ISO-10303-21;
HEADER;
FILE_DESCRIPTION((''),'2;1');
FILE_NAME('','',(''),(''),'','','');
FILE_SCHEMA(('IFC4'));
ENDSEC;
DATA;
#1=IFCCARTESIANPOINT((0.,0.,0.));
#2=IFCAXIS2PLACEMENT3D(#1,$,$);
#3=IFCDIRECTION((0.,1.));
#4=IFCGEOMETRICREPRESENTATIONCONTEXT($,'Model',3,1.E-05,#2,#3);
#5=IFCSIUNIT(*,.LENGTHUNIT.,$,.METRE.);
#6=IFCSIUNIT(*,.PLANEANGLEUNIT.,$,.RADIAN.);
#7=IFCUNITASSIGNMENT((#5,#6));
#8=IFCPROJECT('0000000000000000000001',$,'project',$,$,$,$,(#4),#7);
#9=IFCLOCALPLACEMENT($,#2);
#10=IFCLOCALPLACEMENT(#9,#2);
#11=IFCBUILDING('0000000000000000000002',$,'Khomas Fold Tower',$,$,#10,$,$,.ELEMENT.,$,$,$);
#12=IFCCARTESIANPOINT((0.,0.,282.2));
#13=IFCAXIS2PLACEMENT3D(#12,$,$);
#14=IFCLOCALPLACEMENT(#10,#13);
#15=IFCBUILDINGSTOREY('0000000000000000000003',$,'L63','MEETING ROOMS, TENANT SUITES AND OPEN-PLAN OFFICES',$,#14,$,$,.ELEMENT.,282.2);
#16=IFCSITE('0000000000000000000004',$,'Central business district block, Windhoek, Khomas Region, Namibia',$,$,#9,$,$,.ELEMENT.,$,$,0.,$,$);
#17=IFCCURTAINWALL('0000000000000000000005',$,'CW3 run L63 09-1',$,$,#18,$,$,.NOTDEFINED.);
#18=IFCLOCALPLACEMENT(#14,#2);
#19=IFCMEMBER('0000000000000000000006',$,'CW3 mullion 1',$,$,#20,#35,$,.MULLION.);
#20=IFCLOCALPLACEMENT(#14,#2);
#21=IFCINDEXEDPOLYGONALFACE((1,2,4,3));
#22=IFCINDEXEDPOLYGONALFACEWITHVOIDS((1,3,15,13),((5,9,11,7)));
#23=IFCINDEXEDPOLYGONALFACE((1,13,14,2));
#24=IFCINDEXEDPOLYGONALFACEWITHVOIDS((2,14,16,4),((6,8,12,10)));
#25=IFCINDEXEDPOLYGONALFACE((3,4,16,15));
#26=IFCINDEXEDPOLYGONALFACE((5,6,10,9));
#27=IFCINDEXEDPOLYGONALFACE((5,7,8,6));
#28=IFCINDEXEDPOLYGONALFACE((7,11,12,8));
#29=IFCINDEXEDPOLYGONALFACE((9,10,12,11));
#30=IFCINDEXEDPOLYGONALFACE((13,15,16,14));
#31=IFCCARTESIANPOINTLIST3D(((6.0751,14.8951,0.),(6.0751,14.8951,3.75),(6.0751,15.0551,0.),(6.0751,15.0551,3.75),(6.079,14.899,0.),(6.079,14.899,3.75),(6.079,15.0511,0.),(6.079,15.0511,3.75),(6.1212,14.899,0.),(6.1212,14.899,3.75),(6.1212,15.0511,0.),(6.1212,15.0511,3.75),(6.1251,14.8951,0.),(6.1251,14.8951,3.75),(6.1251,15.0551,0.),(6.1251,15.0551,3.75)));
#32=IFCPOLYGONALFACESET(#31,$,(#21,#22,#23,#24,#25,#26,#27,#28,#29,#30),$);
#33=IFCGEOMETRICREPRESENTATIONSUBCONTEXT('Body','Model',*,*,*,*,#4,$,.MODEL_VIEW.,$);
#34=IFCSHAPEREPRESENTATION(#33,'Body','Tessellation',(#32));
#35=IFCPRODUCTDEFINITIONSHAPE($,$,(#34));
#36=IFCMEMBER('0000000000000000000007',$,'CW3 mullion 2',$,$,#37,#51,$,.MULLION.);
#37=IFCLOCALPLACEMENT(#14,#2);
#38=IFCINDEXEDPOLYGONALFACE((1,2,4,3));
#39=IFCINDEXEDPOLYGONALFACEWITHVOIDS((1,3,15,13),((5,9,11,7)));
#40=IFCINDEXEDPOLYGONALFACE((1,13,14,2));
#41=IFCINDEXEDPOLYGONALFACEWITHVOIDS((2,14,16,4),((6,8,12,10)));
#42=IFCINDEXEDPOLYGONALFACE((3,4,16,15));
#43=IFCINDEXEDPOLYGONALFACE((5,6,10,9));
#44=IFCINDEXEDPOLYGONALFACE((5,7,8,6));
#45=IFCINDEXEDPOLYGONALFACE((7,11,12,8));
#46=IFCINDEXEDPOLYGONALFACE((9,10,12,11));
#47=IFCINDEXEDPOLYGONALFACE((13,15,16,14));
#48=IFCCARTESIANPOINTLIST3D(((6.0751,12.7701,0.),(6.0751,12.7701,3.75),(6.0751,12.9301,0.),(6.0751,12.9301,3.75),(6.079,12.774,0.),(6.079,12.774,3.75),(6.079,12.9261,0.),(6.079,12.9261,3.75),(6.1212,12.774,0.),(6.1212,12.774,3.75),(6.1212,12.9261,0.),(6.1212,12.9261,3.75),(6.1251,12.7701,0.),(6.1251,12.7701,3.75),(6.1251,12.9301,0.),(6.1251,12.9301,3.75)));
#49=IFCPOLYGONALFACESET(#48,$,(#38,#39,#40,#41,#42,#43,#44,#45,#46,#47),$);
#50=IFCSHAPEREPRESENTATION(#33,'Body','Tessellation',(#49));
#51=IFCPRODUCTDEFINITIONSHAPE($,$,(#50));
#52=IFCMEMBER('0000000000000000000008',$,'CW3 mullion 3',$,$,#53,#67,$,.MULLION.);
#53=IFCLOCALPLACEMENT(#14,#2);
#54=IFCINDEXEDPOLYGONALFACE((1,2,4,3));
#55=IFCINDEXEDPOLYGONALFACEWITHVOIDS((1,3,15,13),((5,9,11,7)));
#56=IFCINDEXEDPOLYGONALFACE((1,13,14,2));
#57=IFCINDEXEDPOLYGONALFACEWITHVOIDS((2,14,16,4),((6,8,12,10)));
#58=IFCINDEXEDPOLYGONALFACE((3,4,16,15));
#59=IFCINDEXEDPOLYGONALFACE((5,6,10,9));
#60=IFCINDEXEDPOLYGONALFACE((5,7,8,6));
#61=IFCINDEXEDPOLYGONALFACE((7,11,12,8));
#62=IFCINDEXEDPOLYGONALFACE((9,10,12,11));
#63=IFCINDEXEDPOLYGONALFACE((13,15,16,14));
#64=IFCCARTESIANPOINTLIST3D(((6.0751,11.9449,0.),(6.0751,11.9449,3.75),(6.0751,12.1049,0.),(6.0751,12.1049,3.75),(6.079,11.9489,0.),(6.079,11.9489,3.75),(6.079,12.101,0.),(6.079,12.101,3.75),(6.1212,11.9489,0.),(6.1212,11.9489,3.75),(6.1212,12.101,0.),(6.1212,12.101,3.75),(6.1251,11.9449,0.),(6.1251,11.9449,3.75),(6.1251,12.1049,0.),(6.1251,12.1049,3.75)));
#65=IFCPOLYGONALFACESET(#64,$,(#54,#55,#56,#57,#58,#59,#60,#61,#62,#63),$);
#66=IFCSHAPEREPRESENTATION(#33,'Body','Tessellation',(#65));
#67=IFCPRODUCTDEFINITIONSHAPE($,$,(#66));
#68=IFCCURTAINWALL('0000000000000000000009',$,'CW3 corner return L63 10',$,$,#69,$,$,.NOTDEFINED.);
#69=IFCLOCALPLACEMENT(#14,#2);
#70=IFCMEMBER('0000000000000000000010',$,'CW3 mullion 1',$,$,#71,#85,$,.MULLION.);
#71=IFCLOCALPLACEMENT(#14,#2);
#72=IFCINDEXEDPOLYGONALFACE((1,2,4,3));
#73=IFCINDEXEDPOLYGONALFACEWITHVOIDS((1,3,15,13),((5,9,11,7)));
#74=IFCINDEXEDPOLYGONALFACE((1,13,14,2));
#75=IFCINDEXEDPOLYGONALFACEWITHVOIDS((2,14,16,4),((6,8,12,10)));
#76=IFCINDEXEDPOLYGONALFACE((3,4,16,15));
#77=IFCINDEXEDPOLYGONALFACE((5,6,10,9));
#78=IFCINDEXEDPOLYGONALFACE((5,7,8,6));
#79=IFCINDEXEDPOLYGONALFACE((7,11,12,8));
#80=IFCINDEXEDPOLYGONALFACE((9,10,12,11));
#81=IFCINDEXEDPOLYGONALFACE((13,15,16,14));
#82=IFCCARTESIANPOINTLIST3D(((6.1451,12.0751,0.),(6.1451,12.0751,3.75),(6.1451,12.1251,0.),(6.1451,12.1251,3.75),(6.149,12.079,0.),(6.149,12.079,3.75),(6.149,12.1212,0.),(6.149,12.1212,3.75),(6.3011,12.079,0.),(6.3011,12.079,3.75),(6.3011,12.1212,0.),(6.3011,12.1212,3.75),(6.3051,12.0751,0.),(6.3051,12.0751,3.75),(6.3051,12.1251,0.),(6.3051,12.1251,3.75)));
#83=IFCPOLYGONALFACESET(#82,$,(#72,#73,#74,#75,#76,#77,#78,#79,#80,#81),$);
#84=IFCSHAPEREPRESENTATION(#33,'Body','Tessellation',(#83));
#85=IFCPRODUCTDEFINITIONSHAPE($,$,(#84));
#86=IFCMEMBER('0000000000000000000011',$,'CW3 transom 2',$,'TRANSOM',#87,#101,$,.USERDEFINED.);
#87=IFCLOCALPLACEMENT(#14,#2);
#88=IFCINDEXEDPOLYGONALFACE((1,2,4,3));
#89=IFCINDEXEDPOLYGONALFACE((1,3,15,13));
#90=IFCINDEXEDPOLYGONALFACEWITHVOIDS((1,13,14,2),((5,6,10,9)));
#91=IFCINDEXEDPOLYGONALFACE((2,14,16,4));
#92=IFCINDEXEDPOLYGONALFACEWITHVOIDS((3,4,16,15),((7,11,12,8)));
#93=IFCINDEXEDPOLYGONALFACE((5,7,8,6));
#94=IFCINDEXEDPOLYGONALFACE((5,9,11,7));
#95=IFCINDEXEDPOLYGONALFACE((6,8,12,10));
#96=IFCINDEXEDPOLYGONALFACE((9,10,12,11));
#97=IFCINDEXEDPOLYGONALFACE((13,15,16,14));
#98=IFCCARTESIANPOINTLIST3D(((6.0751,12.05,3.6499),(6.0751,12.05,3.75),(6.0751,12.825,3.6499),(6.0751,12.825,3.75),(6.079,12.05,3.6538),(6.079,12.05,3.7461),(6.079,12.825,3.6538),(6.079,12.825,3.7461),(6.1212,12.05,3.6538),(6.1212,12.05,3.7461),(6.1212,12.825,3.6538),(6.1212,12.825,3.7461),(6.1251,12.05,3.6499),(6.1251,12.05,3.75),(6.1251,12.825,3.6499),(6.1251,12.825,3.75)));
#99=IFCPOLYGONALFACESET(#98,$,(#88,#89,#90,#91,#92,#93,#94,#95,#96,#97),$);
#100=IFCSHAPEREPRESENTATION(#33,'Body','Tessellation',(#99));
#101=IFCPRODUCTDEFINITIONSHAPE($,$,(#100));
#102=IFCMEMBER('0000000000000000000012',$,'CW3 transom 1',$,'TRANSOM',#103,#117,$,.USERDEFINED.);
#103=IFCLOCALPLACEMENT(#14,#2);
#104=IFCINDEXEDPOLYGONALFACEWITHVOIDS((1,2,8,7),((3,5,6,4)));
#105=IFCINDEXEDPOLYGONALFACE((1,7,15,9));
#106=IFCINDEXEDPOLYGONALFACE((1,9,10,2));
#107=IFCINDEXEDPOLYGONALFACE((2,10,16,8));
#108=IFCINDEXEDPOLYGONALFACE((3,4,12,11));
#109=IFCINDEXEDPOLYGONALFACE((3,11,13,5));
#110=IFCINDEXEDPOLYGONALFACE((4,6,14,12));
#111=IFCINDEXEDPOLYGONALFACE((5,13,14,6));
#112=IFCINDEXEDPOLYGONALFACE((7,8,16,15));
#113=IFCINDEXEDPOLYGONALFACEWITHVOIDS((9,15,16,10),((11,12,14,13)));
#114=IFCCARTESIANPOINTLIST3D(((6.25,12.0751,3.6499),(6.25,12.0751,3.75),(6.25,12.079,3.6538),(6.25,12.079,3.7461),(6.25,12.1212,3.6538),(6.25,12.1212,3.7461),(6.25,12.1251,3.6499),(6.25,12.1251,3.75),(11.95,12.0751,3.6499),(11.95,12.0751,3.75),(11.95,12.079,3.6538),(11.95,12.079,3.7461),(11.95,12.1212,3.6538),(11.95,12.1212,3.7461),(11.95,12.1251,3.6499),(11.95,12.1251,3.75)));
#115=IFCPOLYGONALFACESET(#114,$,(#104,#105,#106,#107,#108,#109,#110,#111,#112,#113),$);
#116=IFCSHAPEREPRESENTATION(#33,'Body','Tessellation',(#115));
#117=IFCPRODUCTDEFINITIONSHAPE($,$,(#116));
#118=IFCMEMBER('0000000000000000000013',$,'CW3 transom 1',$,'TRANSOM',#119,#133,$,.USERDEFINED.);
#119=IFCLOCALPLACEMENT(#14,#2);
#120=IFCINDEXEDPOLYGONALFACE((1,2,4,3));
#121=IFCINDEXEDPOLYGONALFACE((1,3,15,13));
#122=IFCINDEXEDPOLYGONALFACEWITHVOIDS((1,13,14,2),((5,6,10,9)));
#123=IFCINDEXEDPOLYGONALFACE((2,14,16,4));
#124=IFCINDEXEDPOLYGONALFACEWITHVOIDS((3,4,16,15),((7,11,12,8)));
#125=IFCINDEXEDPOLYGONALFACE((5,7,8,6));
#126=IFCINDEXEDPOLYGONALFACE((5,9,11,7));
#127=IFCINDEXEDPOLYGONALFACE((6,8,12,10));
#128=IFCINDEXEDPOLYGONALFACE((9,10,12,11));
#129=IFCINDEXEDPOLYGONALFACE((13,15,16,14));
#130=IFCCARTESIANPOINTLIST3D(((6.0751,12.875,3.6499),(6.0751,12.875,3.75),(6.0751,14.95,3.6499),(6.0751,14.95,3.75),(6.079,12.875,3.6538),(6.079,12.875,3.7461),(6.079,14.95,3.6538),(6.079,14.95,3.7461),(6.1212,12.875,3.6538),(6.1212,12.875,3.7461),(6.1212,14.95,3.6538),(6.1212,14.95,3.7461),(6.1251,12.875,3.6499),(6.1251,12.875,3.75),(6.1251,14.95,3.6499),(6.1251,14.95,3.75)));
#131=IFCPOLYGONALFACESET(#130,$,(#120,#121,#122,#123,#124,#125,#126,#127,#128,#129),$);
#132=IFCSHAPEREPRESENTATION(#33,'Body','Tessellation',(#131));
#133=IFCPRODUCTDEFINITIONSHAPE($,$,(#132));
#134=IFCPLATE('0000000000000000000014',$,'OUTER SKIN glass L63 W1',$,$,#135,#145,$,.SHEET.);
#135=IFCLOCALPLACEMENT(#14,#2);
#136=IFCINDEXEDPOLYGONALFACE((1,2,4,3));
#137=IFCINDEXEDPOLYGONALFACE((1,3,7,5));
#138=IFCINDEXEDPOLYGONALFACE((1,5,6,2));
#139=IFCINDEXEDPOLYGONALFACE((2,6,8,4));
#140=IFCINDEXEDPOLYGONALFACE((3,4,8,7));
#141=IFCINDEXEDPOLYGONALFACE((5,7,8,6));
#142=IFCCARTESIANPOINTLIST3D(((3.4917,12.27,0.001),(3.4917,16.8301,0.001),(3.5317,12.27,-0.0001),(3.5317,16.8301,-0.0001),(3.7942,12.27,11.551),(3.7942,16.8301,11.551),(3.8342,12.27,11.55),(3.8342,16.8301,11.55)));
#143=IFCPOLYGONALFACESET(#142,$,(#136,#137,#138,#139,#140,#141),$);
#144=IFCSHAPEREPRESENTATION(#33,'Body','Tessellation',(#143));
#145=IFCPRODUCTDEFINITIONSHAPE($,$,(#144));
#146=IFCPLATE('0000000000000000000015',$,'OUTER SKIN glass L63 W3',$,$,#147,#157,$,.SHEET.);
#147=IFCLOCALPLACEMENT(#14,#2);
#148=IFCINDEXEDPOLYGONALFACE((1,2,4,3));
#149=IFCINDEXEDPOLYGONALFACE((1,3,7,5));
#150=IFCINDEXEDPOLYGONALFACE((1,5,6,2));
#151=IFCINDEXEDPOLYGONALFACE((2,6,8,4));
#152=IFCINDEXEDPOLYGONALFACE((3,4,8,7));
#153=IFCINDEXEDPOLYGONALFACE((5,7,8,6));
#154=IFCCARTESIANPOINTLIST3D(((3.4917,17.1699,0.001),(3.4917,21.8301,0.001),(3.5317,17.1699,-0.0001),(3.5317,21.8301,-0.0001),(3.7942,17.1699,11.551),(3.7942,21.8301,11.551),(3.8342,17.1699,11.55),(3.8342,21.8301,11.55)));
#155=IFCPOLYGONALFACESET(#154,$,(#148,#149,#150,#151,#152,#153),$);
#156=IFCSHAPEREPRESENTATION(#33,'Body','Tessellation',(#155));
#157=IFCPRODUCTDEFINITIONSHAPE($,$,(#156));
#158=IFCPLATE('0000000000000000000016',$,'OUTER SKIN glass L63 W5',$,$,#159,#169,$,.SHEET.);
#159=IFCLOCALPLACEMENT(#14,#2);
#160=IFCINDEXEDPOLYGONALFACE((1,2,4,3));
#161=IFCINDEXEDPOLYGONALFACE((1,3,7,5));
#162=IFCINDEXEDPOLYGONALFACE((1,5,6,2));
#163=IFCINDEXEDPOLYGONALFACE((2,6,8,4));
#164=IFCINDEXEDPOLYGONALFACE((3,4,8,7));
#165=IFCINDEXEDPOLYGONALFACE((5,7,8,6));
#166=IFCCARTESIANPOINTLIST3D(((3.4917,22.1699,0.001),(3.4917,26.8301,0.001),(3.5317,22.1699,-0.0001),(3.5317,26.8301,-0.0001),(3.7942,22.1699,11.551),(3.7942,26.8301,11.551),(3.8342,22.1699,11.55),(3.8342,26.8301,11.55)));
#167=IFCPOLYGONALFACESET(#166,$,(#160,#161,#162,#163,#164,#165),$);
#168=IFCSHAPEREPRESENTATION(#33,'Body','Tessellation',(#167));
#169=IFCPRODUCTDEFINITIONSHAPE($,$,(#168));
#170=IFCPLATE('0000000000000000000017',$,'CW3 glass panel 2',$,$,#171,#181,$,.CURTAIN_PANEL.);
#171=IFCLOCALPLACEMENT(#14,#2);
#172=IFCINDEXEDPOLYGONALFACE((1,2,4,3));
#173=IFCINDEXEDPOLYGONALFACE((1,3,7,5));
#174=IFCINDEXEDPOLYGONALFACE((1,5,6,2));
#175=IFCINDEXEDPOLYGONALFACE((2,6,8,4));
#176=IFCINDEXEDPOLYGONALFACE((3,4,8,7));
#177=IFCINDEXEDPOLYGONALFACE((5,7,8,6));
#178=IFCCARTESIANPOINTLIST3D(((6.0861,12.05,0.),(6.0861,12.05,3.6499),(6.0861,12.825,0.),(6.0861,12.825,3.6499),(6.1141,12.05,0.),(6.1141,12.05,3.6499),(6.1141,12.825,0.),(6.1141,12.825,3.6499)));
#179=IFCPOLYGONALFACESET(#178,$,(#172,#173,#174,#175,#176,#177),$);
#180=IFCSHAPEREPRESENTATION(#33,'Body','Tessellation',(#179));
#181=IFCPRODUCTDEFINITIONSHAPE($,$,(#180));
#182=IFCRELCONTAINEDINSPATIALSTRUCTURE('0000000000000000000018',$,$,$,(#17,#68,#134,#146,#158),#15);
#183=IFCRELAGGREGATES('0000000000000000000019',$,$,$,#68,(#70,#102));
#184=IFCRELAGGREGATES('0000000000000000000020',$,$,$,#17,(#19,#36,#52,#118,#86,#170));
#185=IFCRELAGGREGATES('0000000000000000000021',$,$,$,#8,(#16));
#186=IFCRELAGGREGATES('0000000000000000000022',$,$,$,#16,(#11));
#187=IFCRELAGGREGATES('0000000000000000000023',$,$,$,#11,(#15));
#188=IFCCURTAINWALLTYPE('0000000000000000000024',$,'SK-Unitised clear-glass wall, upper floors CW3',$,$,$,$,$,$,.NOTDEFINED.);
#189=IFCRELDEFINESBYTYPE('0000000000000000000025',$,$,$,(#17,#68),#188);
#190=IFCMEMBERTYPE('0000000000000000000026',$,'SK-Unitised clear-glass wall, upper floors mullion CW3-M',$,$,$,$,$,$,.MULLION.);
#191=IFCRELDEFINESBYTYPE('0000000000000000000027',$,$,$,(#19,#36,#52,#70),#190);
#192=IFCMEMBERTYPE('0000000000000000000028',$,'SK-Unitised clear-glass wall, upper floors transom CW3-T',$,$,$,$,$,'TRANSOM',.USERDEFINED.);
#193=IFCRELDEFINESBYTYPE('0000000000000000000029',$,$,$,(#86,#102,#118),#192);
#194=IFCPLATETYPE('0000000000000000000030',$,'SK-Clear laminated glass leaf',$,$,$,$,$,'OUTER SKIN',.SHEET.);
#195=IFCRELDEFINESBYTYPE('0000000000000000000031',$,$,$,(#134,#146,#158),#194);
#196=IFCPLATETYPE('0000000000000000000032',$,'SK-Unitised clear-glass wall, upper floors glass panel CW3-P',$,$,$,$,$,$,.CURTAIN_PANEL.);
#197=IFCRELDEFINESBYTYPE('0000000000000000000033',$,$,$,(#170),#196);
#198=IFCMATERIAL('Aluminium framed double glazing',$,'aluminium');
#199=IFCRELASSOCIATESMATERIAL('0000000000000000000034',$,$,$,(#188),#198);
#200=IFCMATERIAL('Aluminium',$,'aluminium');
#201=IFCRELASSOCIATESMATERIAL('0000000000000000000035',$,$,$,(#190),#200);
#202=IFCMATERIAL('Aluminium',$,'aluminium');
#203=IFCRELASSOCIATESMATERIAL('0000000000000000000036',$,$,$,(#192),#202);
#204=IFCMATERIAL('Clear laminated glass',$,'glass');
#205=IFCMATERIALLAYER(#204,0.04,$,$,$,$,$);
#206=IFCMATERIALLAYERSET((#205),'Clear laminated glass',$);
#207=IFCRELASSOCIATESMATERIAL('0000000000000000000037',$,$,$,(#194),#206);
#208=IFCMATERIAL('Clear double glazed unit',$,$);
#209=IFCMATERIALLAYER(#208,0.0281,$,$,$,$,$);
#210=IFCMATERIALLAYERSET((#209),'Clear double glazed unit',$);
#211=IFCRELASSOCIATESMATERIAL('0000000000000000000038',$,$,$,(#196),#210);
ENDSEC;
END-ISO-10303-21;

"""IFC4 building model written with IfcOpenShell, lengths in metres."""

from ifc_helpers import new_model, si_unit, direction, frame, origin, origin_2d, place, context, subcontext, project, spatial, polyline, rectangle, hollow_rectangle, outline, extrude, source, transform, mapped, material, layer, layer_set, material_profile, profile_set, type_object, element, aggregate, save


model = new_model("IFC4")

# Units and contexts
model_context = context("Model", 3, precision=1e-05, world=origin(), true_north=direction((0.0, 1.0)))
body_context = subcontext(model_context, "Body", "Model", "MODEL_VIEW")
ifc_project = project(units=[si_unit("LENGTHUNIT", "METRE"), si_unit("PLANEANGLEUNIT", "RADIAN")], contexts=[model_context])

# Site, building, storey
site_placement = place(None, origin())
site = spatial("IfcSite", under=ifc_project, at=site_placement, Name="Central business district block, Windhoek, Khomas Region, Namibia", CompositionType="ELEMENT", RefElevation=0.0)
building_placement = place(site_placement, origin())
building = spatial("IfcBuilding", under=site, at=building_placement, Name="Khomas Fold Tower", CompositionType="ELEMENT")
storey_placement = place(building_placement, frame((0.0, 0.0, 282.2)))
storey = spatial("IfcBuildingStorey", under=building, at=storey_placement, Name="L63", Description="MEETING ROOMS, TENANT SUITES AND OPEN-PLAN OFFICES", CompositionType="ELEMENT", Elevation=282.2)

# Curtain wall, members
ifc_material_1 = material(Name="Aluminium framed double glazing", Category="aluminium")
curtain_wall_type = type_object("IfcCurtainWallType", Name="SK-Unitised clear-glass wall, upper floors CW3", PredefinedType="NOTDEFINED", material=ifc_material_1)
curtain_wall_1_placement = place(storey_placement, origin())
curtain_wall_1 = element("IfcCurtainWall", 1, at=curtain_wall_1_placement, inside=storey, type_object=curtain_wall_type, Name="CW3 run L63 09-1", PredefinedType="NOTDEFINED")
ifc_material_2 = material(Name="Aluminium", Category="aluminium")
ifc_material_profile_1 = material_profile(ifc_material_2, hollow_rectangle(XDim=0.05, YDim=0.1599, WallThickness=0.0039, at=origin_2d()), Name="SK-Unitised clear-glass wall, upper floors mullion CW3-M")
ifc_profile_set_1 = profile_set([ifc_material_profile_1], Name="Aluminium")
member_type_1 = type_object("IfcMemberType", Name="SK-Unitised clear-glass wall, upper floors mullion CW3-M", PredefinedType="MULLION", material=ifc_profile_set_1)
shared_shape_1 = source(origin(), body_context, "Body", "SweptSolid", [
    extrude(hollow_rectangle(XDim=0.05, YDim=0.1599, WallThickness=0.0039, at=origin_2d()), origin(), (0.0, 0.0, 1.0), 3.75),
])
member_1_placement = place(storey_placement, frame((6.1001, 14.9751, 0.0), z_axis=(0.0, 0.0, 1.0), x_axis=(1.0, 0.0, 0.0)))
member_1 = element("IfcMember", 2, at=member_1_placement, type_object=member_type_1, Name="CW3 mullion 1", PredefinedType="MULLION", context=body_context, shape_type="MappedRepresentation", body=[
    mapped(shared_shape_1, transform((0.0, 0.0, 0.0))),
])
member_2_placement = place(storey_placement, frame((6.1001, 12.8501, 0.0), z_axis=(0.0, 0.0, 1.0), x_axis=(1.0, 0.0, 0.0)))
member_2 = element("IfcMember", 3, at=member_2_placement, type_object=member_type_1, Name="CW3 mullion 2", PredefinedType="MULLION", context=body_context, shape_type="MappedRepresentation", body=[
    mapped(shared_shape_1, transform((0.0, 0.0, 0.0))),
])
member_3_placement = place(storey_placement, frame((6.1001, 12.0249, 0.0), z_axis=(0.0, 0.0, 1.0), x_axis=(1.0, 0.0, 0.0)))
member_3 = element("IfcMember", 4, at=member_3_placement, type_object=member_type_1, Name="CW3 mullion 3", PredefinedType="MULLION", context=body_context, shape_type="MappedRepresentation", body=[
    mapped(shared_shape_1, transform((0.0, 0.0, 0.0))),
])

# Curtain wall, member
curtain_wall_2_placement = place(storey_placement, origin())
curtain_wall_2 = element("IfcCurtainWall", 5, at=curtain_wall_2_placement, inside=storey, type_object=curtain_wall_type, Name="CW3 corner return L63 10", PredefinedType="NOTDEFINED")
member_4_placement = place(storey_placement, frame((6.2251, 12.1001, 0.0), z_axis=(0.0, 0.0, 1.0), x_axis=(0.0, 1.0, 0.0)))
member_4 = element("IfcMember", 6, at=member_4_placement, type_object=member_type_1, Name="CW3 mullion 1", PredefinedType="MULLION", context=body_context, shape_type="MappedRepresentation", body=[
    mapped(shared_shape_1, transform((0.0, 0.0, 0.0))),
])

# Members
ifc_material_3 = material(Name="Aluminium", Category="aluminium")
ifc_material_profile_2 = material_profile(ifc_material_3, hollow_rectangle(XDim=0.05, YDim=0.1001, WallThickness=0.0039, at=origin_2d()), Name="SK-Unitised clear-glass wall, upper floors transom CW3-T")
ifc_profile_set_2 = profile_set([ifc_material_profile_2], Name="Aluminium")
member_type_2 = type_object("IfcMemberType", Name="SK-Unitised clear-glass wall, upper floors transom CW3-T", ElementType="TRANSOM", PredefinedType="USERDEFINED", material=ifc_profile_set_2)
shared_shape_2 = source(origin(), body_context, "Body", "SweptSolid", [
    extrude(hollow_rectangle(XDim=0.05, YDim=0.1001, WallThickness=0.0039, at=origin_2d()), origin(), (0.0, 0.0, 1.0), 0.7749),
])
member_5_placement = place(storey_placement, frame((6.1001, 12.825, 3.7), z_axis=(0.0, -1.0, 0.0), x_axis=(1.0, 0.0, 0.0)))
member_5 = element("IfcMember", 7, at=member_5_placement, type_object=member_type_2, Name="CW3 transom 2", ObjectType="TRANSOM", PredefinedType="USERDEFINED", context=body_context, shape_type="MappedRepresentation", body=[
    mapped(shared_shape_2, transform((0.0, 0.0, 0.0))),
])
shared_shape_3 = source(origin(), body_context, "Body", "SweptSolid", [
    extrude(hollow_rectangle(XDim=0.05, YDim=0.1001, WallThickness=0.0039, at=origin_2d()), origin(), (0.0, 0.0, 1.0), 5.7),
])
member_6_placement = place(storey_placement, frame((6.25, 12.1001, 3.7), z_axis=(1.0, 0.0, 0.0), x_axis=(0.0, 1.0, 0.0)))
member_6 = element("IfcMember", 8, at=member_6_placement, type_object=member_type_2, Name="CW3 transom 1", ObjectType="TRANSOM", PredefinedType="USERDEFINED", context=body_context, shape_type="MappedRepresentation", body=[
    mapped(shared_shape_3, transform((0.0, 0.0, 0.0))),
])
aggregate(curtain_wall_2, [member_4, member_6])
shared_shape_4 = source(origin(), body_context, "Body", "SweptSolid", [
    extrude(hollow_rectangle(XDim=0.05, YDim=0.1001, WallThickness=0.0039, at=origin_2d()), origin(), (0.0, 0.0, 1.0), 2.075),
])
member_7_placement = place(storey_placement, frame((6.1001, 14.95, 3.7), z_axis=(0.0, -1.0, 0.0), x_axis=(1.0, 0.0, 0.0)))
member_7 = element("IfcMember", 9, at=member_7_placement, type_object=member_type_2, Name="CW3 transom 1", ObjectType="TRANSOM", PredefinedType="USERDEFINED", context=body_context, shape_type="MappedRepresentation", body=[
    mapped(shared_shape_4, transform((0.0, 0.0, 0.0))),
])

# Plates
ifc_material_4 = material(Name="Clear laminated glass", Category="glass")
ifc_layer_1 = layer(ifc_material_4, 0.04)
ifc_layer_set_1 = layer_set([ifc_layer_1], Name="Clear laminated glass")
plate_type_1 = type_object("IfcPlateType", Name="SK-Clear laminated glass leaf", ElementType="OUTER SKIN", PredefinedType="SHEET", material=ifc_layer_set_1)
plate_1_placement = place(storey_placement, frame((3.4917, 12.27, 0.001), z_axis=(-0.999657, 0.0, 0.026181), x_axis=(0.0, 1.0, 0.0)))
element("IfcPlate", 10, at=plate_1_placement, inside=storey, type_object=plate_type_1, Name="OUTER SKIN glass L63 W1", PredefinedType="SHEET", context=body_context, shape_type="SweptSolid", body=[
    extrude(outline(polyline([(0.0, 0.0), (4.5601, 0.0), (4.5601, -11.554), (0.0, -11.554), (0.0, 0.0)])), origin(), (0.0, 0.0, -1.0), 0.04),
])
for number, where, z_axis, x_axis, name in (
    (11, (3.4917, 17.1699, 0.001), (-0.999657, 0.0, 0.026181), (0.0, 1.0, 0.0), "OUTER SKIN glass L63 W3"),
    (12, (3.4917, 22.1699, 0.001), (-0.999657, 0.0, 0.026181), (0.0, 1.0, 0.0), "OUTER SKIN glass L63 W5"),
):
    element("IfcPlate", number, at=place(storey_placement, frame(where, z_axis=z_axis, x_axis=x_axis)), inside=storey, type_object=plate_type_1, Name=name, PredefinedType="SHEET", context=body_context, shape_type="SweptSolid", body=[
        extrude(outline(polyline([(0.0, 0.0), (4.6602, 0.0), (4.6602, -11.554), (0.0, -11.554), (0.0, 0.0)])), origin(), (0.0, 0.0, -1.0), 0.04),
    ])

# Plate
ifc_material_5 = material(Name="Clear double glazed unit")
ifc_layer_2 = layer(ifc_material_5, 0.0281)
ifc_layer_set_2 = layer_set([ifc_layer_2], Name="Clear double glazed unit")
plate_type_2 = type_object("IfcPlateType", Name="SK-Unitised clear-glass wall, upper floors glass panel CW3-P", PredefinedType="CURTAIN_PANEL", material=ifc_layer_set_2)
shared_shape_5 = source(origin(), body_context, "Body", "SweptSolid", [
    extrude(rectangle(XDim=0.7749, YDim=0.0281, at=origin_2d()), origin(), (0.0, 0.0, 1.0), 3.6499),
])
plate_2_placement = place(storey_placement, frame((6.1001, 12.4375, 0.0), z_axis=(0.0, 0.0, 1.0), x_axis=(0.0, -1.0, 0.0)))
plate_2 = element("IfcPlate", 13, at=plate_2_placement, type_object=plate_type_2, Name="CW3 glass panel 2", PredefinedType="CURTAIN_PANEL", context=body_context, shape_type="MappedRepresentation", body=[
    mapped(shared_shape_5, transform((0.0, 0.0, 0.0))),
])
aggregate(curtain_wall_1, [member_1, member_2, member_3, member_7, member_5, plate_2])

save(model, "model.ifc")
